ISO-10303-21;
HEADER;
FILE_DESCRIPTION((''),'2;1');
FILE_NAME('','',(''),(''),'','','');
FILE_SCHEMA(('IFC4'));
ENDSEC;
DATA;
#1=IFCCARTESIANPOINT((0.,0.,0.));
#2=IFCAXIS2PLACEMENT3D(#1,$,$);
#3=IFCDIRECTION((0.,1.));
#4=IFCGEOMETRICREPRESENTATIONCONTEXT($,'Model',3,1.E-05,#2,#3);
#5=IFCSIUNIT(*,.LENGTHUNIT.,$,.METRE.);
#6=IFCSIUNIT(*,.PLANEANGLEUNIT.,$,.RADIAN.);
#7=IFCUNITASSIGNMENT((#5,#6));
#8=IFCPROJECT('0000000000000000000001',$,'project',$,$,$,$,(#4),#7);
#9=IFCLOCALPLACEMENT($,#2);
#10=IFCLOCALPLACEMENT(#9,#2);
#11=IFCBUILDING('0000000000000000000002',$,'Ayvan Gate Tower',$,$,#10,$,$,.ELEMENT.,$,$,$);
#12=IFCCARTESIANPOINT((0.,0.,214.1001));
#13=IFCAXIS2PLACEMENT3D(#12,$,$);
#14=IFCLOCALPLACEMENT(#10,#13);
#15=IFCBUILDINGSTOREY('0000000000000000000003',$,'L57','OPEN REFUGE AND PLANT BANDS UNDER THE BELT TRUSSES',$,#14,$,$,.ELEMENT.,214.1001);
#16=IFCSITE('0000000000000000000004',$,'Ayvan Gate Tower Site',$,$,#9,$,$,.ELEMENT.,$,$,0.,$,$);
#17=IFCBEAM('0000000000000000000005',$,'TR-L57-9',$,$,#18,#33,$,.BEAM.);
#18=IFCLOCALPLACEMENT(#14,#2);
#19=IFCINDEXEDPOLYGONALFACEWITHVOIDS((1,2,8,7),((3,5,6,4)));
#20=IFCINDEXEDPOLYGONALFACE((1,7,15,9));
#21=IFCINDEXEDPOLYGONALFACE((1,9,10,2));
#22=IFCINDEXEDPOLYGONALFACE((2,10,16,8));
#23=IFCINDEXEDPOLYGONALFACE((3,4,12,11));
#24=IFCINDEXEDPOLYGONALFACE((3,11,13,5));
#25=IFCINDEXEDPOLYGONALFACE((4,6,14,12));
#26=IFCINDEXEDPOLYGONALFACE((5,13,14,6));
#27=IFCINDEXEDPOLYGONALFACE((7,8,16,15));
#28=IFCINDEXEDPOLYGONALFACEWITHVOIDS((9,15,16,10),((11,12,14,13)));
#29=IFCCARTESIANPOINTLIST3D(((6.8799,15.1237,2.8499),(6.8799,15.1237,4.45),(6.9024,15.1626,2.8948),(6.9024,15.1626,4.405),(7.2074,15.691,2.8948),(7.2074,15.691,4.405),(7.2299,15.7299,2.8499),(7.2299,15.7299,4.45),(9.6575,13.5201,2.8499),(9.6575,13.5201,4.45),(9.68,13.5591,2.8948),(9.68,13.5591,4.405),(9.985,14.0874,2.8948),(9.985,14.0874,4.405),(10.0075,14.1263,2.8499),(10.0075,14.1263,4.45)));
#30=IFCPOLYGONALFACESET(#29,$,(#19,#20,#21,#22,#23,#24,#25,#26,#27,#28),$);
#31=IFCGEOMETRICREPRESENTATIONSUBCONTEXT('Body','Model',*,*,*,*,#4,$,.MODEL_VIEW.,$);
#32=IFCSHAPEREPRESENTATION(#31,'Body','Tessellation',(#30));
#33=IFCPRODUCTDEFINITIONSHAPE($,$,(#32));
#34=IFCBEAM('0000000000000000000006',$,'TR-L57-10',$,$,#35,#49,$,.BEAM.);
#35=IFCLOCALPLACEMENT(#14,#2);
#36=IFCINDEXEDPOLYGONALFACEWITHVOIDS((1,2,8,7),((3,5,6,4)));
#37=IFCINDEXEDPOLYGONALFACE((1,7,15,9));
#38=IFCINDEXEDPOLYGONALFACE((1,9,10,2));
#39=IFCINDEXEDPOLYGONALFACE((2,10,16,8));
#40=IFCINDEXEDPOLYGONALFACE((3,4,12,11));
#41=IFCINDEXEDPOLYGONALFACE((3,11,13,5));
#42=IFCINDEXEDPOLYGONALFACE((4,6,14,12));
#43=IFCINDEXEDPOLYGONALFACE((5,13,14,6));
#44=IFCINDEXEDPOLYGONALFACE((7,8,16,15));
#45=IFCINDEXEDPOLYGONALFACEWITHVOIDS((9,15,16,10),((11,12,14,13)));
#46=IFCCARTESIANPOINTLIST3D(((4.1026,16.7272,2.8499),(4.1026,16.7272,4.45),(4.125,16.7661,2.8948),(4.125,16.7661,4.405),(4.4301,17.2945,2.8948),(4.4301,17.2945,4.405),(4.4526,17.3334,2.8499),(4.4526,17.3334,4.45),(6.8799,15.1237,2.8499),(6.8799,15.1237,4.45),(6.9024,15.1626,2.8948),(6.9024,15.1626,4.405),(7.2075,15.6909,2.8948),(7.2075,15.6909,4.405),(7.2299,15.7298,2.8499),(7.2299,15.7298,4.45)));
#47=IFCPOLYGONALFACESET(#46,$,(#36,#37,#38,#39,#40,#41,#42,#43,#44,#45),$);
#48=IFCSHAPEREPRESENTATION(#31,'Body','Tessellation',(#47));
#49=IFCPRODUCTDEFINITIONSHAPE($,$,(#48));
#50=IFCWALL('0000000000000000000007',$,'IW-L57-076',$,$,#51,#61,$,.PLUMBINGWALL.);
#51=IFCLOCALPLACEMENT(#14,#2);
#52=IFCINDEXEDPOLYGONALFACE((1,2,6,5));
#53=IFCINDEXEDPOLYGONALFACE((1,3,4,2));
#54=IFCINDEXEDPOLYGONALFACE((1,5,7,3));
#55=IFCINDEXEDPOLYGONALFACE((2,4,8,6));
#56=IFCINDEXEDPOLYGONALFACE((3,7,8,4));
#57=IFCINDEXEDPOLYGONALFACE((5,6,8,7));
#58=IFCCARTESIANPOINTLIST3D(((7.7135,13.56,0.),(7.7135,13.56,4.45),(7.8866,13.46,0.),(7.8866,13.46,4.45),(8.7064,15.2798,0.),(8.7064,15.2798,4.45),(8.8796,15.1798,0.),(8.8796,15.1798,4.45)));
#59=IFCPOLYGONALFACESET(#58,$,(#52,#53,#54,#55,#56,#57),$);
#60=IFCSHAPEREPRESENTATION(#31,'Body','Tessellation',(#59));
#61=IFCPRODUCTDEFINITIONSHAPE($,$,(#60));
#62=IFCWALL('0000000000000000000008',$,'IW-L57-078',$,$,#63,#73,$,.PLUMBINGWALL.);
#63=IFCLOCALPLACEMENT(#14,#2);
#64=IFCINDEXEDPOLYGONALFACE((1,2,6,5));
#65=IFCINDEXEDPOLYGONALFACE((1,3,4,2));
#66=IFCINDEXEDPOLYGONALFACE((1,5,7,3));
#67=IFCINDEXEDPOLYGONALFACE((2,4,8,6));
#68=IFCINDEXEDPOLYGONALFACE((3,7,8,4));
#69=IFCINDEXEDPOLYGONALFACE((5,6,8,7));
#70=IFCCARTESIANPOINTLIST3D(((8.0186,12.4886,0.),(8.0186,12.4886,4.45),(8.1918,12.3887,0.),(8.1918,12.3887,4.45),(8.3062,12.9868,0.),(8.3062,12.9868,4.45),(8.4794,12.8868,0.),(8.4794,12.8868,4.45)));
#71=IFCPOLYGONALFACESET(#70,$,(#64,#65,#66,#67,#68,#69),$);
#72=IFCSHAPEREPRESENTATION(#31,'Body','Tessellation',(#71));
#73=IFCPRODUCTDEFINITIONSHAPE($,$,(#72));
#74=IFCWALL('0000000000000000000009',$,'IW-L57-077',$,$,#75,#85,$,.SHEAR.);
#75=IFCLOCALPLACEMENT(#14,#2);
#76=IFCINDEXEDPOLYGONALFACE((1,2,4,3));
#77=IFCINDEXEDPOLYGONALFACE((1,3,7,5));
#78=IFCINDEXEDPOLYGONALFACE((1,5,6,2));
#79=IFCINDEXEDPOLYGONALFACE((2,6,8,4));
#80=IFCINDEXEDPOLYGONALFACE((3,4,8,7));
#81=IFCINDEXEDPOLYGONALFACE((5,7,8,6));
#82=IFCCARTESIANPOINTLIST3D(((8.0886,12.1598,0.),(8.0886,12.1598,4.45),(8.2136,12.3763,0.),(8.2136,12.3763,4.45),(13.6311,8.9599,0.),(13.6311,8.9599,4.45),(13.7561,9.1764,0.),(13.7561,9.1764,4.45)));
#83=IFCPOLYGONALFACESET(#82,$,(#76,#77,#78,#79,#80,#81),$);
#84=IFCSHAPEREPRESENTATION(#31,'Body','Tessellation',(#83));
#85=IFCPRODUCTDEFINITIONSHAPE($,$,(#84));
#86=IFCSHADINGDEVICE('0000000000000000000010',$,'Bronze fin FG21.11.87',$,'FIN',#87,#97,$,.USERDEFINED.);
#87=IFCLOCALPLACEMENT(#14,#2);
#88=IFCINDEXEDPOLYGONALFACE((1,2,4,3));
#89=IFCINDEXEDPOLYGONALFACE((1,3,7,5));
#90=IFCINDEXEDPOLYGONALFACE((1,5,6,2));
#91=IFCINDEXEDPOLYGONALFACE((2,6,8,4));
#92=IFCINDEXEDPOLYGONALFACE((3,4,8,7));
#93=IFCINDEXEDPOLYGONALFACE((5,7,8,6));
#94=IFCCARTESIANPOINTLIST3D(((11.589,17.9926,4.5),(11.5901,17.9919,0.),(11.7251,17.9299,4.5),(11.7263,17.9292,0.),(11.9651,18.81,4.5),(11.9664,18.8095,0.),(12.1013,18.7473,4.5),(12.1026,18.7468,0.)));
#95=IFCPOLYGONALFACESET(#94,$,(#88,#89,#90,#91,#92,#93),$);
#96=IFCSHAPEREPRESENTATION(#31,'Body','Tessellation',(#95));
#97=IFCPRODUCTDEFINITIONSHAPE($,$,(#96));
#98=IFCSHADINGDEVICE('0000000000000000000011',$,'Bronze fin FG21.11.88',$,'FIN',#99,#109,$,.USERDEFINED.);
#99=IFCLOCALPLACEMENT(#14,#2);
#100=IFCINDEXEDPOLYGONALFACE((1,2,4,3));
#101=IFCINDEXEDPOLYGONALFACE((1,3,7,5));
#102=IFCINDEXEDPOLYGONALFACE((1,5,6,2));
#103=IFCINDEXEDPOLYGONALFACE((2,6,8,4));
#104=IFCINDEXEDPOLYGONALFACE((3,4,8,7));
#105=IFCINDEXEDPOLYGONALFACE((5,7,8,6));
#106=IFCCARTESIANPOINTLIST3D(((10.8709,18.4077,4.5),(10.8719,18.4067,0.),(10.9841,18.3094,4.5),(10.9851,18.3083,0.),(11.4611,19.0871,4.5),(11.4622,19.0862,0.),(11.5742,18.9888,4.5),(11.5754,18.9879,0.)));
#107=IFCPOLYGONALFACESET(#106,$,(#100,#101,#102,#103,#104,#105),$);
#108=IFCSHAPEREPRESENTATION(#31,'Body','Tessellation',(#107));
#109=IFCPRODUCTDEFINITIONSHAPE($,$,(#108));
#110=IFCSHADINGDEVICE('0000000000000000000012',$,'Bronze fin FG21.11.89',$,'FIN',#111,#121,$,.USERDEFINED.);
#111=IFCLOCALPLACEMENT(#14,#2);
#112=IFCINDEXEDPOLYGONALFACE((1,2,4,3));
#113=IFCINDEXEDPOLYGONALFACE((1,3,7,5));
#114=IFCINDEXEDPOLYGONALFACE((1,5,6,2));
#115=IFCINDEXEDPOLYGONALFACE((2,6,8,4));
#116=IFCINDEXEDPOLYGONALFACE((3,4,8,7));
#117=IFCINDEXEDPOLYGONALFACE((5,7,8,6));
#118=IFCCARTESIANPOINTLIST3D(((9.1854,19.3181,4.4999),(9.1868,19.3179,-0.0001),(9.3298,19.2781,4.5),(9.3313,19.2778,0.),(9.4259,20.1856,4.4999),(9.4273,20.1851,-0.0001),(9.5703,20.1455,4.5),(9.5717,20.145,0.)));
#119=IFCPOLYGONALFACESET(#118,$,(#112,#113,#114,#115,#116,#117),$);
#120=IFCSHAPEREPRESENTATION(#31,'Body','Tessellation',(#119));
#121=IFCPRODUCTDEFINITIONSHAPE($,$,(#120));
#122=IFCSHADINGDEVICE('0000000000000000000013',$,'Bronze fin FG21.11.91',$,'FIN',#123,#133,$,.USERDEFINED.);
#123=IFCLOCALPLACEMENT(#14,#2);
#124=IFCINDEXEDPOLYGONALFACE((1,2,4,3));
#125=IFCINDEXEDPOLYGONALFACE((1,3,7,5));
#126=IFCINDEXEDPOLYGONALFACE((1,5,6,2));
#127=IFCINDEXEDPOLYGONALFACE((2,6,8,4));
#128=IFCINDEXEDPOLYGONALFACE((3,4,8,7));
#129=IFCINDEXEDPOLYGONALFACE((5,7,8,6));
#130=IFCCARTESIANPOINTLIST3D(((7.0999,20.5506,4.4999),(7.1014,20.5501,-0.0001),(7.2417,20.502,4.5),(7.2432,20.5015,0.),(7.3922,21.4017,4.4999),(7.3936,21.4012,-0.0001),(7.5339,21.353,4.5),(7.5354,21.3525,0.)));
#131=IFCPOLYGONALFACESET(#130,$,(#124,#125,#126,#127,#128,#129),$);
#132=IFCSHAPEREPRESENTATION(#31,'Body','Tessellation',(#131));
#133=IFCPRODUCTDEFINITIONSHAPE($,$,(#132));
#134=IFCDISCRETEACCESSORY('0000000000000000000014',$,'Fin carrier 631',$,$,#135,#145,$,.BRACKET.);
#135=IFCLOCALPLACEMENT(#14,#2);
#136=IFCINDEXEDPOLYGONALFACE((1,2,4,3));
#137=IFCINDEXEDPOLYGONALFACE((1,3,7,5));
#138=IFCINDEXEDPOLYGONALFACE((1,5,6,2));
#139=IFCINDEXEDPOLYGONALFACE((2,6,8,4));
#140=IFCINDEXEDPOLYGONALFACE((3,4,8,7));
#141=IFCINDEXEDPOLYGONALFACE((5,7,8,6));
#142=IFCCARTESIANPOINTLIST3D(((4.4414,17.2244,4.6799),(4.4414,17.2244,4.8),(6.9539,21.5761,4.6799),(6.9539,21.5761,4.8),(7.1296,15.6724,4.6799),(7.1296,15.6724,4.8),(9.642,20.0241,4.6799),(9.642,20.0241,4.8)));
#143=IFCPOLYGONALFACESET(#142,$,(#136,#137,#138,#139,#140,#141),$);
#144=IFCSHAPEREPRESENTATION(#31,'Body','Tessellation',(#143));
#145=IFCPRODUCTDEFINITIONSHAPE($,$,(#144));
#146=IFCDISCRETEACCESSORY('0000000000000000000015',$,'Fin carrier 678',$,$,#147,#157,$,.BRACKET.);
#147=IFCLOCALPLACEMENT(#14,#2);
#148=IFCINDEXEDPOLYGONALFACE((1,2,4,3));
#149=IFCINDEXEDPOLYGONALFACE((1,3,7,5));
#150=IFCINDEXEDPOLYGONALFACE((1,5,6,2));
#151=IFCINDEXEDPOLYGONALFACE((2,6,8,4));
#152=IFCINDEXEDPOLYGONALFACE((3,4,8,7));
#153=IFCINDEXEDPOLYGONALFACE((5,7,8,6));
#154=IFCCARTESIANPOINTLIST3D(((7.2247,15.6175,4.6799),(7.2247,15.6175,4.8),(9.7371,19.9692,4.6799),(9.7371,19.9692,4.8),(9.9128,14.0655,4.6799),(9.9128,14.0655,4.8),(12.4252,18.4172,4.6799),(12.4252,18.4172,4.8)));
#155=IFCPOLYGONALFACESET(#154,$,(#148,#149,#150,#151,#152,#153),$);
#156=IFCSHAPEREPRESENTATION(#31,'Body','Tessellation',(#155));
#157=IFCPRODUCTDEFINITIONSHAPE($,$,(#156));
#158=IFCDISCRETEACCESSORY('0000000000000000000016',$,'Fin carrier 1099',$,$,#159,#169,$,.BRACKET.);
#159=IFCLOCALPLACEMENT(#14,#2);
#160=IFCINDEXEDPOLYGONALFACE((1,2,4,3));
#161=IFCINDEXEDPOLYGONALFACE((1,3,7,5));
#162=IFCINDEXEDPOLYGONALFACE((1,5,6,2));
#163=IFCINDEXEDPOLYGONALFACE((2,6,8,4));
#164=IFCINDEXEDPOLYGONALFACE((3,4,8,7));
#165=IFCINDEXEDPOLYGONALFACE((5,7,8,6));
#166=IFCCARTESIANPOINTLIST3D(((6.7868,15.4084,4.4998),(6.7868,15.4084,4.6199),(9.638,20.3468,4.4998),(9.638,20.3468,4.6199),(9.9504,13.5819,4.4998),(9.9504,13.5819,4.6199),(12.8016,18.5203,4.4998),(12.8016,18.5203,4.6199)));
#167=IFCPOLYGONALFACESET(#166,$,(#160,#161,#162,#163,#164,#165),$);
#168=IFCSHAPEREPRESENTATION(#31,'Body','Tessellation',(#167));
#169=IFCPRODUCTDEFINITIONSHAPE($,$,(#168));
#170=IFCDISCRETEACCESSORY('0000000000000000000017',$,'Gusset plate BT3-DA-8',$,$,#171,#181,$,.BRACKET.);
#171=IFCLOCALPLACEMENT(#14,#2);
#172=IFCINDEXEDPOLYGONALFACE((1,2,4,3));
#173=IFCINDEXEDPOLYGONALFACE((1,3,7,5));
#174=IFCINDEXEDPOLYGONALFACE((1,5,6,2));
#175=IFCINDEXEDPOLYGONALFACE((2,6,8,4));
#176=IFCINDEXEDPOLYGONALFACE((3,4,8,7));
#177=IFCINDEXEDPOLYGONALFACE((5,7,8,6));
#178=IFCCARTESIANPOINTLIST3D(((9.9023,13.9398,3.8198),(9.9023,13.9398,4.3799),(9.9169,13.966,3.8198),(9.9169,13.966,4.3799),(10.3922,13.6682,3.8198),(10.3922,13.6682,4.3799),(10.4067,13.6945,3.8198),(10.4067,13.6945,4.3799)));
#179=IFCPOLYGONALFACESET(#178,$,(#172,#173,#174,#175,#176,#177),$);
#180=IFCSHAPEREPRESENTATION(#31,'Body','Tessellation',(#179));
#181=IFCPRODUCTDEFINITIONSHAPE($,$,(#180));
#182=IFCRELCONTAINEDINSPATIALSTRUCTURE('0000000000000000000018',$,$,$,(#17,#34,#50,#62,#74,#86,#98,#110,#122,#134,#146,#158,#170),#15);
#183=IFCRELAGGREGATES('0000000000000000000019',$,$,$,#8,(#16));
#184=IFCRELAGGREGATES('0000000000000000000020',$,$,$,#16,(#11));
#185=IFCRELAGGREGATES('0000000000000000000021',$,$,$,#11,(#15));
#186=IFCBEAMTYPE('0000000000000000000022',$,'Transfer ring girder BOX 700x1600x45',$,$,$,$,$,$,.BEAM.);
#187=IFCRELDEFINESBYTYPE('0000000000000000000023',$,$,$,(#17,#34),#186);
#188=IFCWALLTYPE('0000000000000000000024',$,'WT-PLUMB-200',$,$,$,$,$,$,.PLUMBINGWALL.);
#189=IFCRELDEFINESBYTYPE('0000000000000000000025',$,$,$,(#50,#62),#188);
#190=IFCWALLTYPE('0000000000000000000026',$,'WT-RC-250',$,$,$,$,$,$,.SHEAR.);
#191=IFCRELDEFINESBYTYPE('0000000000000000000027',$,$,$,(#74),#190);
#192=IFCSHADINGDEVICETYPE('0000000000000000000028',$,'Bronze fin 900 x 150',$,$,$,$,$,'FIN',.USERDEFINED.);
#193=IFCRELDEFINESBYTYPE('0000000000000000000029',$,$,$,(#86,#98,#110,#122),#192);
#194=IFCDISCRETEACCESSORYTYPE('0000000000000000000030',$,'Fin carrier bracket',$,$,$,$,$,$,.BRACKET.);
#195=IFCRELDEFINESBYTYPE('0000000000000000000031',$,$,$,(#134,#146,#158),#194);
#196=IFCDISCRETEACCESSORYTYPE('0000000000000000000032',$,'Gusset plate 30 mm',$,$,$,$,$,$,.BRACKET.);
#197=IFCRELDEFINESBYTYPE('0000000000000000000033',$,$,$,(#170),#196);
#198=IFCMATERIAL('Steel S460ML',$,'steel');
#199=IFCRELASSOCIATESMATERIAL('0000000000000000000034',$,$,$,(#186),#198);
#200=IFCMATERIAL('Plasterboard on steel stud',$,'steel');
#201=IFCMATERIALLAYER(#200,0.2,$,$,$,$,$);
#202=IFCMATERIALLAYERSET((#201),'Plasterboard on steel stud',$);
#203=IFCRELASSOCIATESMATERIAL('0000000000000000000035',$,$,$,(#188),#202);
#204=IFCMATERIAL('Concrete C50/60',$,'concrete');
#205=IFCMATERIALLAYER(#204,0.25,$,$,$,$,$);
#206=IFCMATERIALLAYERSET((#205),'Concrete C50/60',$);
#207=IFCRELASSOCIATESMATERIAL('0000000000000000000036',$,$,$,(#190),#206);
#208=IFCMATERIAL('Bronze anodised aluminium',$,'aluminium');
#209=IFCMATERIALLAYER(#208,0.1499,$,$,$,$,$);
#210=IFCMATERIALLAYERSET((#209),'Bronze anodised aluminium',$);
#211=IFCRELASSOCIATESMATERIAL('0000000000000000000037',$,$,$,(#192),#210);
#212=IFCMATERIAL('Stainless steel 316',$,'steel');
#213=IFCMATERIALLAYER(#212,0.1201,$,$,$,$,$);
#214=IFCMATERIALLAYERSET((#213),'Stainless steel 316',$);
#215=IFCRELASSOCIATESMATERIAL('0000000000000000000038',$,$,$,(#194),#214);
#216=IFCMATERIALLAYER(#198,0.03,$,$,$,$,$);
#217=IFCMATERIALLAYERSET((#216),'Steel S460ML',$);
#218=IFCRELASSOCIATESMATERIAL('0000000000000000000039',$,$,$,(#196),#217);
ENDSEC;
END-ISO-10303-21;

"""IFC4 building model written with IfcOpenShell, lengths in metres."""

from ifc_helpers import new_model, si_unit, direction, frame, frame_2d, origin, origin_2d, place, context, subcontext, project, spatial, polyline, rectangle, hollow_rectangle, outline, extrude, material, layer, layer_set, material_profile, profile_set, type_object, element, save


model = new_model("IFC4")

# Units and contexts
model_context = context("Model", 3, precision=1e-05, world=origin(), true_north=direction((0.0, 1.0)))
body_context = subcontext(model_context, "Body", "Model", "MODEL_VIEW")
ifc_project = project(units=[si_unit("LENGTHUNIT", "METRE"), si_unit("PLANEANGLEUNIT", "RADIAN")], contexts=[model_context])

# Site, building, storey
site_placement = place(None, origin())
site = spatial("IfcSite", under=ifc_project, at=site_placement, Name="Ayvan Gate Tower Site", CompositionType="ELEMENT", RefElevation=0.0)
building_placement = place(site_placement, origin())
building = spatial("IfcBuilding", under=site, at=building_placement, Name="Ayvan Gate Tower", CompositionType="ELEMENT")
storey_placement = place(building_placement, frame((0.0, 0.0, 214.1001)))
storey = spatial("IfcBuildingStorey", under=building, at=storey_placement, Name="L57", Description="OPEN REFUGE AND PLANT BANDS UNDER THE BELT TRUSSES", CompositionType="ELEMENT", Elevation=214.1001)

# Shared definitions
ifc_material_1 = material(Name="Steel S460ML", Category="steel")

# Beams
ifc_material_profile_1 = material_profile(ifc_material_1, hollow_rectangle(XDim=0.7, YDim=1.6001, WallThickness=0.0449, at=origin_2d()), Name="BOX 700x1600x45")
ifc_profile_set_1 = profile_set([ifc_material_profile_1], Name="Steel S460ML")
beam_type_1 = type_object("IfcBeamType", Name="Transfer ring girder BOX 700x1600x45", PredefinedType="BEAM", material=ifc_profile_set_1)
beam_1_placement = place(storey_placement, frame((9.8325, 13.8232, 3.6499), z_axis=(-0.866042, 0.499971, 0.0), x_axis=(-0.499971, -0.866042, 0.0)))
element("IfcBeam", 1, at=beam_1_placement, inside=storey, type_object=beam_type_1, Name="TR-L57-9", PredefinedType="BEAM", context=body_context, shape_type="SweptSolid", body=[
    extrude(hollow_rectangle(XDim=0.7, YDim=1.6001, WallThickness=0.0449, at=origin_2d()), origin(), (0.0, 0.0, 1.0), 3.2073),
])
beam_2_placement = place(storey_placement, frame((7.0549, 15.4268, 3.6499), z_axis=(-0.866023, 0.500004, 0.0), x_axis=(-0.500004, -0.866023, 0.0)))
element("IfcBeam", 2, at=beam_2_placement, inside=storey, type_object=beam_type_1, Name="TR-L57-10", PredefinedType="BEAM", context=body_context, shape_type="SweptSolid", body=[
    extrude(hollow_rectangle(XDim=0.7, YDim=1.6001, WallThickness=0.0449, at=origin_2d()), origin(), (0.0, 0.0, 1.0), 3.207),
])

# Walls
ifc_material_2 = material(Name="Plasterboard on steel stud", Category="steel")
ifc_layer_1 = layer(ifc_material_2, 0.2)
ifc_layer_set_1 = layer_set([ifc_layer_1], Name="Plasterboard on steel stud")
wall_type_1 = type_object("IfcWallType", Name="WT-PLUMB-200", PredefinedType="PLUMBINGWALL", material=ifc_layer_set_1)
wall_1_placement = place(storey_placement, frame((7.8, 13.51, 0.0), z_axis=(0.0, 0.0, 1.0), x_axis=(0.500013, 0.866018, 0.0)))
element("IfcWall", 3, at=wall_1_placement, inside=storey, type_object=wall_type_1, Name="IW-L57-076", PredefinedType="PLUMBINGWALL", context=body_context, shape_type="SweptSolid", body=[
    extrude(rectangle(XDim=1.9858, YDim=0.2, at=frame_2d((0.9929, 0.0))), origin(), (0.0, 0.0, 1.0), 4.45),
])
wall_2_placement = place(storey_placement, frame((8.3928, 12.9368, 0.0), z_axis=(0.0, 0.0, 1.0), x_axis=(-0.500065, -0.865988, 0.0)))
element("IfcWall", 4, at=wall_2_placement, inside=storey, type_object=wall_type_1, Name="IW-L57-078", PredefinedType="PLUMBINGWALL", context=body_context, shape_type="SweptSolid", body=[
    extrude(rectangle(XDim=0.5752, YDim=0.2, at=frame_2d((0.2876, 0.0))), origin(), (0.0, 0.0, 1.0), 4.45),
])
ifc_material_3 = material(Name="Concrete C50/60", Category="concrete")
ifc_layer_2 = layer(ifc_material_3, 0.25)
ifc_layer_set_2 = layer_set([ifc_layer_2], Name="Concrete C50/60")
wall_type_2 = type_object("IfcWallType", Name="WT-RC-250", PredefinedType="SHEAR", material=ifc_layer_set_2)
wall_3_placement = place(storey_placement, frame((8.1511, 12.2681, 0.0), z_axis=(0.0, 0.0, 1.0), x_axis=(0.866025, -0.5, 0.0)))
element("IfcWall", 5, at=wall_3_placement, inside=storey, type_object=wall_type_2, Name="IW-L57-077", PredefinedType="SHEAR", context=body_context, shape_type="SweptSolid", body=[
    extrude(rectangle(XDim=6.3999, YDim=0.25, at=frame_2d((3.2, 0.0))), origin(), (0.0, 0.0, 1.0), 4.45),
])

# Shading devices
ifc_material_4 = material(Name="Bronze anodised aluminium", Category="aluminium")
ifc_layer_3 = layer(ifc_material_4, 0.1499)
ifc_layer_set_3 = layer_set([ifc_layer_3], Name="Bronze anodised aluminium")
shading_device_type = type_object("IfcShadingDeviceType", Name="Bronze fin 900 x 150", ElementType="FIN", PredefinedType="USERDEFINED", material=ifc_layer_set_3)
shading_device_1_placement = place(storey_placement, frame((11.7263, 17.9292, 0.0), z_axis=(0.908419, -0.41806, 0.000303), x_axis=(0.41806, 0.908419, 0.0)))
element("IfcShadingDevice", 6, at=shading_device_1_placement, inside=storey, type_object=shading_device_type, Name="Bronze fin FG21.11.87", ObjectType="FIN", PredefinedType="USERDEFINED", context=body_context, shape_type="SweptSolid", body=[
    extrude(outline(polyline([(0.0, 0.0), (0.9, 0.0), (0.9, 4.5), (0.0002, 4.5), (0.0, 0.0)])), origin(), (0.0, 0.0, -1.0), 0.1499),
])
shading_device_2_placement = place(storey_placement, frame((10.9851, 18.3083, 0.0), z_axis=(0.754941, -0.655792, 0.000327), x_axis=(0.655792, 0.754941, 0.0)))
element("IfcShadingDevice", 7, at=shading_device_2_placement, inside=storey, type_object=shading_device_type, Name="Bronze fin FG21.11.88", ObjectType="FIN", PredefinedType="USERDEFINED", context=body_context, shape_type="SweptSolid", body=[
    extrude(outline(polyline([(0.0, 0.0), (0.9001, 0.0), (0.9, 4.5), (0.0001, 4.5), (0.0, 0.0)])), origin(), (0.0, 0.0, -1.0), 0.1499),
])
shading_device_3_placement = place(storey_placement, frame((9.3313, 19.2778, 0.0), z_axis=(0.963644, -0.267189, 0.000335), x_axis=(0.267189, 0.963644, 0.0)))
element("IfcShadingDevice", 8, at=shading_device_3_placement, inside=storey, type_object=shading_device_type, Name="Bronze fin FG21.11.89", ObjectType="FIN", PredefinedType="USERDEFINED", context=body_context, shape_type="SweptSolid", body=[
    extrude(outline(polyline([(0.0, 0.0), (0.8999, 0.0), (0.9, 4.5), (-0.0002, 4.5), (0.0, 0.0)])), origin(), (0.0, 0.0, -1.0), 0.1499),
])
shading_device_4_placement = place(storey_placement, frame((7.2432, 20.5015, 0.0), z_axis=(0.945796, -0.324761, 0.000343), x_axis=(0.324761, 0.945796, 0.0)))
element("IfcShadingDevice", 9, at=shading_device_4_placement, inside=storey, type_object=shading_device_type, Name="Bronze fin FG21.11.91", ObjectType="FIN", PredefinedType="USERDEFINED", context=body_context, shape_type="SweptSolid", body=[
    extrude(outline(polyline([(0.0, 0.0), (0.8998, 0.0), (0.8998, 4.5), (0.0, 4.5), (0.0, 0.0)])), origin(), (0.0, 0.0, -1.0), 0.1499),
])

# Discrete accessories
ifc_material_5 = material(Name="Stainless steel 316", Category="steel")
ifc_layer_4 = layer(ifc_material_5, 0.1201)
ifc_layer_set_4 = layer_set([ifc_layer_4], Name="Stainless steel 316")
discrete_accessory_type_1 = type_object("IfcDiscreteAccessoryType", Name="Fin carrier bracket", PredefinedType="BRACKET", material=ifc_layer_set_4)
for number, where, z_axis, x_axis, name in (
    (10, (7.0417, 18.6243, 4.6799), (0.0, 0.0, 1.0), (-0.866025, 0.5, 0.0), "Fin carrier 631"),
    (11, (9.825, 17.0173, 4.6799), (0.0, 0.0, 1.0), (-0.866025, 0.5, 0.0), "Fin carrier 678"),
):
    element("IfcDiscreteAccessory", number, at=place(storey_placement, frame(where, z_axis=z_axis, x_axis=x_axis)), inside=storey, type_object=discrete_accessory_type_1, Name=name, PredefinedType="BRACKET", context=body_context, shape_type="SweptSolid", body=[
        extrude(rectangle(XDim=3.104, YDim=5.0249, at=origin_2d()), origin(), (0.0, 0.0, 1.0), 0.1201),
    ])
discrete_accessory_1_placement = place(storey_placement, frame((9.7942, 16.9644, 4.4998), z_axis=(0.0, 0.0, 1.0), x_axis=(-0.866025, 0.5, 0.0)))
element("IfcDiscreteAccessory", 12, at=discrete_accessory_1_placement, inside=storey, type_object=discrete_accessory_type_1, Name="Fin carrier 1099", PredefinedType="BRACKET", context=body_context, shape_type="SweptSolid", body=[
    extrude(rectangle(XDim=3.6531, YDim=5.7024, at=origin_2d()), origin(), (0.0, 0.0, 1.0), 0.1201),
])
ifc_layer_5 = layer(ifc_material_1, 0.03)
ifc_layer_set_5 = layer_set([ifc_layer_5], Name="Steel S460ML")
discrete_accessory_type_2 = type_object("IfcDiscreteAccessoryType", Name="Gusset plate 30 mm", PredefinedType="BRACKET", material=ifc_layer_set_5)
for number, where, z_axis, x_axis, name in (
    (13, (10.1545, 13.8171, 3.8198), (0.0, 0.0, 1.0), (-0.874623, 0.484804, 0.0), "Gusset plate BT3-DA-8"),
):
    element("IfcDiscreteAccessory", number, at=place(storey_placement, frame(where, z_axis=z_axis, x_axis=x_axis)), inside=storey, type_object=discrete_accessory_type_2, Name=name, PredefinedType="BRACKET", context=body_context, shape_type="SweptSolid", body=[
        extrude(rectangle(XDim=0.5601, YDim=0.03, at=origin_2d()), origin(), (0.0, 0.0, 1.0), 0.5601),
    ])

save(model, "model.ifc")
